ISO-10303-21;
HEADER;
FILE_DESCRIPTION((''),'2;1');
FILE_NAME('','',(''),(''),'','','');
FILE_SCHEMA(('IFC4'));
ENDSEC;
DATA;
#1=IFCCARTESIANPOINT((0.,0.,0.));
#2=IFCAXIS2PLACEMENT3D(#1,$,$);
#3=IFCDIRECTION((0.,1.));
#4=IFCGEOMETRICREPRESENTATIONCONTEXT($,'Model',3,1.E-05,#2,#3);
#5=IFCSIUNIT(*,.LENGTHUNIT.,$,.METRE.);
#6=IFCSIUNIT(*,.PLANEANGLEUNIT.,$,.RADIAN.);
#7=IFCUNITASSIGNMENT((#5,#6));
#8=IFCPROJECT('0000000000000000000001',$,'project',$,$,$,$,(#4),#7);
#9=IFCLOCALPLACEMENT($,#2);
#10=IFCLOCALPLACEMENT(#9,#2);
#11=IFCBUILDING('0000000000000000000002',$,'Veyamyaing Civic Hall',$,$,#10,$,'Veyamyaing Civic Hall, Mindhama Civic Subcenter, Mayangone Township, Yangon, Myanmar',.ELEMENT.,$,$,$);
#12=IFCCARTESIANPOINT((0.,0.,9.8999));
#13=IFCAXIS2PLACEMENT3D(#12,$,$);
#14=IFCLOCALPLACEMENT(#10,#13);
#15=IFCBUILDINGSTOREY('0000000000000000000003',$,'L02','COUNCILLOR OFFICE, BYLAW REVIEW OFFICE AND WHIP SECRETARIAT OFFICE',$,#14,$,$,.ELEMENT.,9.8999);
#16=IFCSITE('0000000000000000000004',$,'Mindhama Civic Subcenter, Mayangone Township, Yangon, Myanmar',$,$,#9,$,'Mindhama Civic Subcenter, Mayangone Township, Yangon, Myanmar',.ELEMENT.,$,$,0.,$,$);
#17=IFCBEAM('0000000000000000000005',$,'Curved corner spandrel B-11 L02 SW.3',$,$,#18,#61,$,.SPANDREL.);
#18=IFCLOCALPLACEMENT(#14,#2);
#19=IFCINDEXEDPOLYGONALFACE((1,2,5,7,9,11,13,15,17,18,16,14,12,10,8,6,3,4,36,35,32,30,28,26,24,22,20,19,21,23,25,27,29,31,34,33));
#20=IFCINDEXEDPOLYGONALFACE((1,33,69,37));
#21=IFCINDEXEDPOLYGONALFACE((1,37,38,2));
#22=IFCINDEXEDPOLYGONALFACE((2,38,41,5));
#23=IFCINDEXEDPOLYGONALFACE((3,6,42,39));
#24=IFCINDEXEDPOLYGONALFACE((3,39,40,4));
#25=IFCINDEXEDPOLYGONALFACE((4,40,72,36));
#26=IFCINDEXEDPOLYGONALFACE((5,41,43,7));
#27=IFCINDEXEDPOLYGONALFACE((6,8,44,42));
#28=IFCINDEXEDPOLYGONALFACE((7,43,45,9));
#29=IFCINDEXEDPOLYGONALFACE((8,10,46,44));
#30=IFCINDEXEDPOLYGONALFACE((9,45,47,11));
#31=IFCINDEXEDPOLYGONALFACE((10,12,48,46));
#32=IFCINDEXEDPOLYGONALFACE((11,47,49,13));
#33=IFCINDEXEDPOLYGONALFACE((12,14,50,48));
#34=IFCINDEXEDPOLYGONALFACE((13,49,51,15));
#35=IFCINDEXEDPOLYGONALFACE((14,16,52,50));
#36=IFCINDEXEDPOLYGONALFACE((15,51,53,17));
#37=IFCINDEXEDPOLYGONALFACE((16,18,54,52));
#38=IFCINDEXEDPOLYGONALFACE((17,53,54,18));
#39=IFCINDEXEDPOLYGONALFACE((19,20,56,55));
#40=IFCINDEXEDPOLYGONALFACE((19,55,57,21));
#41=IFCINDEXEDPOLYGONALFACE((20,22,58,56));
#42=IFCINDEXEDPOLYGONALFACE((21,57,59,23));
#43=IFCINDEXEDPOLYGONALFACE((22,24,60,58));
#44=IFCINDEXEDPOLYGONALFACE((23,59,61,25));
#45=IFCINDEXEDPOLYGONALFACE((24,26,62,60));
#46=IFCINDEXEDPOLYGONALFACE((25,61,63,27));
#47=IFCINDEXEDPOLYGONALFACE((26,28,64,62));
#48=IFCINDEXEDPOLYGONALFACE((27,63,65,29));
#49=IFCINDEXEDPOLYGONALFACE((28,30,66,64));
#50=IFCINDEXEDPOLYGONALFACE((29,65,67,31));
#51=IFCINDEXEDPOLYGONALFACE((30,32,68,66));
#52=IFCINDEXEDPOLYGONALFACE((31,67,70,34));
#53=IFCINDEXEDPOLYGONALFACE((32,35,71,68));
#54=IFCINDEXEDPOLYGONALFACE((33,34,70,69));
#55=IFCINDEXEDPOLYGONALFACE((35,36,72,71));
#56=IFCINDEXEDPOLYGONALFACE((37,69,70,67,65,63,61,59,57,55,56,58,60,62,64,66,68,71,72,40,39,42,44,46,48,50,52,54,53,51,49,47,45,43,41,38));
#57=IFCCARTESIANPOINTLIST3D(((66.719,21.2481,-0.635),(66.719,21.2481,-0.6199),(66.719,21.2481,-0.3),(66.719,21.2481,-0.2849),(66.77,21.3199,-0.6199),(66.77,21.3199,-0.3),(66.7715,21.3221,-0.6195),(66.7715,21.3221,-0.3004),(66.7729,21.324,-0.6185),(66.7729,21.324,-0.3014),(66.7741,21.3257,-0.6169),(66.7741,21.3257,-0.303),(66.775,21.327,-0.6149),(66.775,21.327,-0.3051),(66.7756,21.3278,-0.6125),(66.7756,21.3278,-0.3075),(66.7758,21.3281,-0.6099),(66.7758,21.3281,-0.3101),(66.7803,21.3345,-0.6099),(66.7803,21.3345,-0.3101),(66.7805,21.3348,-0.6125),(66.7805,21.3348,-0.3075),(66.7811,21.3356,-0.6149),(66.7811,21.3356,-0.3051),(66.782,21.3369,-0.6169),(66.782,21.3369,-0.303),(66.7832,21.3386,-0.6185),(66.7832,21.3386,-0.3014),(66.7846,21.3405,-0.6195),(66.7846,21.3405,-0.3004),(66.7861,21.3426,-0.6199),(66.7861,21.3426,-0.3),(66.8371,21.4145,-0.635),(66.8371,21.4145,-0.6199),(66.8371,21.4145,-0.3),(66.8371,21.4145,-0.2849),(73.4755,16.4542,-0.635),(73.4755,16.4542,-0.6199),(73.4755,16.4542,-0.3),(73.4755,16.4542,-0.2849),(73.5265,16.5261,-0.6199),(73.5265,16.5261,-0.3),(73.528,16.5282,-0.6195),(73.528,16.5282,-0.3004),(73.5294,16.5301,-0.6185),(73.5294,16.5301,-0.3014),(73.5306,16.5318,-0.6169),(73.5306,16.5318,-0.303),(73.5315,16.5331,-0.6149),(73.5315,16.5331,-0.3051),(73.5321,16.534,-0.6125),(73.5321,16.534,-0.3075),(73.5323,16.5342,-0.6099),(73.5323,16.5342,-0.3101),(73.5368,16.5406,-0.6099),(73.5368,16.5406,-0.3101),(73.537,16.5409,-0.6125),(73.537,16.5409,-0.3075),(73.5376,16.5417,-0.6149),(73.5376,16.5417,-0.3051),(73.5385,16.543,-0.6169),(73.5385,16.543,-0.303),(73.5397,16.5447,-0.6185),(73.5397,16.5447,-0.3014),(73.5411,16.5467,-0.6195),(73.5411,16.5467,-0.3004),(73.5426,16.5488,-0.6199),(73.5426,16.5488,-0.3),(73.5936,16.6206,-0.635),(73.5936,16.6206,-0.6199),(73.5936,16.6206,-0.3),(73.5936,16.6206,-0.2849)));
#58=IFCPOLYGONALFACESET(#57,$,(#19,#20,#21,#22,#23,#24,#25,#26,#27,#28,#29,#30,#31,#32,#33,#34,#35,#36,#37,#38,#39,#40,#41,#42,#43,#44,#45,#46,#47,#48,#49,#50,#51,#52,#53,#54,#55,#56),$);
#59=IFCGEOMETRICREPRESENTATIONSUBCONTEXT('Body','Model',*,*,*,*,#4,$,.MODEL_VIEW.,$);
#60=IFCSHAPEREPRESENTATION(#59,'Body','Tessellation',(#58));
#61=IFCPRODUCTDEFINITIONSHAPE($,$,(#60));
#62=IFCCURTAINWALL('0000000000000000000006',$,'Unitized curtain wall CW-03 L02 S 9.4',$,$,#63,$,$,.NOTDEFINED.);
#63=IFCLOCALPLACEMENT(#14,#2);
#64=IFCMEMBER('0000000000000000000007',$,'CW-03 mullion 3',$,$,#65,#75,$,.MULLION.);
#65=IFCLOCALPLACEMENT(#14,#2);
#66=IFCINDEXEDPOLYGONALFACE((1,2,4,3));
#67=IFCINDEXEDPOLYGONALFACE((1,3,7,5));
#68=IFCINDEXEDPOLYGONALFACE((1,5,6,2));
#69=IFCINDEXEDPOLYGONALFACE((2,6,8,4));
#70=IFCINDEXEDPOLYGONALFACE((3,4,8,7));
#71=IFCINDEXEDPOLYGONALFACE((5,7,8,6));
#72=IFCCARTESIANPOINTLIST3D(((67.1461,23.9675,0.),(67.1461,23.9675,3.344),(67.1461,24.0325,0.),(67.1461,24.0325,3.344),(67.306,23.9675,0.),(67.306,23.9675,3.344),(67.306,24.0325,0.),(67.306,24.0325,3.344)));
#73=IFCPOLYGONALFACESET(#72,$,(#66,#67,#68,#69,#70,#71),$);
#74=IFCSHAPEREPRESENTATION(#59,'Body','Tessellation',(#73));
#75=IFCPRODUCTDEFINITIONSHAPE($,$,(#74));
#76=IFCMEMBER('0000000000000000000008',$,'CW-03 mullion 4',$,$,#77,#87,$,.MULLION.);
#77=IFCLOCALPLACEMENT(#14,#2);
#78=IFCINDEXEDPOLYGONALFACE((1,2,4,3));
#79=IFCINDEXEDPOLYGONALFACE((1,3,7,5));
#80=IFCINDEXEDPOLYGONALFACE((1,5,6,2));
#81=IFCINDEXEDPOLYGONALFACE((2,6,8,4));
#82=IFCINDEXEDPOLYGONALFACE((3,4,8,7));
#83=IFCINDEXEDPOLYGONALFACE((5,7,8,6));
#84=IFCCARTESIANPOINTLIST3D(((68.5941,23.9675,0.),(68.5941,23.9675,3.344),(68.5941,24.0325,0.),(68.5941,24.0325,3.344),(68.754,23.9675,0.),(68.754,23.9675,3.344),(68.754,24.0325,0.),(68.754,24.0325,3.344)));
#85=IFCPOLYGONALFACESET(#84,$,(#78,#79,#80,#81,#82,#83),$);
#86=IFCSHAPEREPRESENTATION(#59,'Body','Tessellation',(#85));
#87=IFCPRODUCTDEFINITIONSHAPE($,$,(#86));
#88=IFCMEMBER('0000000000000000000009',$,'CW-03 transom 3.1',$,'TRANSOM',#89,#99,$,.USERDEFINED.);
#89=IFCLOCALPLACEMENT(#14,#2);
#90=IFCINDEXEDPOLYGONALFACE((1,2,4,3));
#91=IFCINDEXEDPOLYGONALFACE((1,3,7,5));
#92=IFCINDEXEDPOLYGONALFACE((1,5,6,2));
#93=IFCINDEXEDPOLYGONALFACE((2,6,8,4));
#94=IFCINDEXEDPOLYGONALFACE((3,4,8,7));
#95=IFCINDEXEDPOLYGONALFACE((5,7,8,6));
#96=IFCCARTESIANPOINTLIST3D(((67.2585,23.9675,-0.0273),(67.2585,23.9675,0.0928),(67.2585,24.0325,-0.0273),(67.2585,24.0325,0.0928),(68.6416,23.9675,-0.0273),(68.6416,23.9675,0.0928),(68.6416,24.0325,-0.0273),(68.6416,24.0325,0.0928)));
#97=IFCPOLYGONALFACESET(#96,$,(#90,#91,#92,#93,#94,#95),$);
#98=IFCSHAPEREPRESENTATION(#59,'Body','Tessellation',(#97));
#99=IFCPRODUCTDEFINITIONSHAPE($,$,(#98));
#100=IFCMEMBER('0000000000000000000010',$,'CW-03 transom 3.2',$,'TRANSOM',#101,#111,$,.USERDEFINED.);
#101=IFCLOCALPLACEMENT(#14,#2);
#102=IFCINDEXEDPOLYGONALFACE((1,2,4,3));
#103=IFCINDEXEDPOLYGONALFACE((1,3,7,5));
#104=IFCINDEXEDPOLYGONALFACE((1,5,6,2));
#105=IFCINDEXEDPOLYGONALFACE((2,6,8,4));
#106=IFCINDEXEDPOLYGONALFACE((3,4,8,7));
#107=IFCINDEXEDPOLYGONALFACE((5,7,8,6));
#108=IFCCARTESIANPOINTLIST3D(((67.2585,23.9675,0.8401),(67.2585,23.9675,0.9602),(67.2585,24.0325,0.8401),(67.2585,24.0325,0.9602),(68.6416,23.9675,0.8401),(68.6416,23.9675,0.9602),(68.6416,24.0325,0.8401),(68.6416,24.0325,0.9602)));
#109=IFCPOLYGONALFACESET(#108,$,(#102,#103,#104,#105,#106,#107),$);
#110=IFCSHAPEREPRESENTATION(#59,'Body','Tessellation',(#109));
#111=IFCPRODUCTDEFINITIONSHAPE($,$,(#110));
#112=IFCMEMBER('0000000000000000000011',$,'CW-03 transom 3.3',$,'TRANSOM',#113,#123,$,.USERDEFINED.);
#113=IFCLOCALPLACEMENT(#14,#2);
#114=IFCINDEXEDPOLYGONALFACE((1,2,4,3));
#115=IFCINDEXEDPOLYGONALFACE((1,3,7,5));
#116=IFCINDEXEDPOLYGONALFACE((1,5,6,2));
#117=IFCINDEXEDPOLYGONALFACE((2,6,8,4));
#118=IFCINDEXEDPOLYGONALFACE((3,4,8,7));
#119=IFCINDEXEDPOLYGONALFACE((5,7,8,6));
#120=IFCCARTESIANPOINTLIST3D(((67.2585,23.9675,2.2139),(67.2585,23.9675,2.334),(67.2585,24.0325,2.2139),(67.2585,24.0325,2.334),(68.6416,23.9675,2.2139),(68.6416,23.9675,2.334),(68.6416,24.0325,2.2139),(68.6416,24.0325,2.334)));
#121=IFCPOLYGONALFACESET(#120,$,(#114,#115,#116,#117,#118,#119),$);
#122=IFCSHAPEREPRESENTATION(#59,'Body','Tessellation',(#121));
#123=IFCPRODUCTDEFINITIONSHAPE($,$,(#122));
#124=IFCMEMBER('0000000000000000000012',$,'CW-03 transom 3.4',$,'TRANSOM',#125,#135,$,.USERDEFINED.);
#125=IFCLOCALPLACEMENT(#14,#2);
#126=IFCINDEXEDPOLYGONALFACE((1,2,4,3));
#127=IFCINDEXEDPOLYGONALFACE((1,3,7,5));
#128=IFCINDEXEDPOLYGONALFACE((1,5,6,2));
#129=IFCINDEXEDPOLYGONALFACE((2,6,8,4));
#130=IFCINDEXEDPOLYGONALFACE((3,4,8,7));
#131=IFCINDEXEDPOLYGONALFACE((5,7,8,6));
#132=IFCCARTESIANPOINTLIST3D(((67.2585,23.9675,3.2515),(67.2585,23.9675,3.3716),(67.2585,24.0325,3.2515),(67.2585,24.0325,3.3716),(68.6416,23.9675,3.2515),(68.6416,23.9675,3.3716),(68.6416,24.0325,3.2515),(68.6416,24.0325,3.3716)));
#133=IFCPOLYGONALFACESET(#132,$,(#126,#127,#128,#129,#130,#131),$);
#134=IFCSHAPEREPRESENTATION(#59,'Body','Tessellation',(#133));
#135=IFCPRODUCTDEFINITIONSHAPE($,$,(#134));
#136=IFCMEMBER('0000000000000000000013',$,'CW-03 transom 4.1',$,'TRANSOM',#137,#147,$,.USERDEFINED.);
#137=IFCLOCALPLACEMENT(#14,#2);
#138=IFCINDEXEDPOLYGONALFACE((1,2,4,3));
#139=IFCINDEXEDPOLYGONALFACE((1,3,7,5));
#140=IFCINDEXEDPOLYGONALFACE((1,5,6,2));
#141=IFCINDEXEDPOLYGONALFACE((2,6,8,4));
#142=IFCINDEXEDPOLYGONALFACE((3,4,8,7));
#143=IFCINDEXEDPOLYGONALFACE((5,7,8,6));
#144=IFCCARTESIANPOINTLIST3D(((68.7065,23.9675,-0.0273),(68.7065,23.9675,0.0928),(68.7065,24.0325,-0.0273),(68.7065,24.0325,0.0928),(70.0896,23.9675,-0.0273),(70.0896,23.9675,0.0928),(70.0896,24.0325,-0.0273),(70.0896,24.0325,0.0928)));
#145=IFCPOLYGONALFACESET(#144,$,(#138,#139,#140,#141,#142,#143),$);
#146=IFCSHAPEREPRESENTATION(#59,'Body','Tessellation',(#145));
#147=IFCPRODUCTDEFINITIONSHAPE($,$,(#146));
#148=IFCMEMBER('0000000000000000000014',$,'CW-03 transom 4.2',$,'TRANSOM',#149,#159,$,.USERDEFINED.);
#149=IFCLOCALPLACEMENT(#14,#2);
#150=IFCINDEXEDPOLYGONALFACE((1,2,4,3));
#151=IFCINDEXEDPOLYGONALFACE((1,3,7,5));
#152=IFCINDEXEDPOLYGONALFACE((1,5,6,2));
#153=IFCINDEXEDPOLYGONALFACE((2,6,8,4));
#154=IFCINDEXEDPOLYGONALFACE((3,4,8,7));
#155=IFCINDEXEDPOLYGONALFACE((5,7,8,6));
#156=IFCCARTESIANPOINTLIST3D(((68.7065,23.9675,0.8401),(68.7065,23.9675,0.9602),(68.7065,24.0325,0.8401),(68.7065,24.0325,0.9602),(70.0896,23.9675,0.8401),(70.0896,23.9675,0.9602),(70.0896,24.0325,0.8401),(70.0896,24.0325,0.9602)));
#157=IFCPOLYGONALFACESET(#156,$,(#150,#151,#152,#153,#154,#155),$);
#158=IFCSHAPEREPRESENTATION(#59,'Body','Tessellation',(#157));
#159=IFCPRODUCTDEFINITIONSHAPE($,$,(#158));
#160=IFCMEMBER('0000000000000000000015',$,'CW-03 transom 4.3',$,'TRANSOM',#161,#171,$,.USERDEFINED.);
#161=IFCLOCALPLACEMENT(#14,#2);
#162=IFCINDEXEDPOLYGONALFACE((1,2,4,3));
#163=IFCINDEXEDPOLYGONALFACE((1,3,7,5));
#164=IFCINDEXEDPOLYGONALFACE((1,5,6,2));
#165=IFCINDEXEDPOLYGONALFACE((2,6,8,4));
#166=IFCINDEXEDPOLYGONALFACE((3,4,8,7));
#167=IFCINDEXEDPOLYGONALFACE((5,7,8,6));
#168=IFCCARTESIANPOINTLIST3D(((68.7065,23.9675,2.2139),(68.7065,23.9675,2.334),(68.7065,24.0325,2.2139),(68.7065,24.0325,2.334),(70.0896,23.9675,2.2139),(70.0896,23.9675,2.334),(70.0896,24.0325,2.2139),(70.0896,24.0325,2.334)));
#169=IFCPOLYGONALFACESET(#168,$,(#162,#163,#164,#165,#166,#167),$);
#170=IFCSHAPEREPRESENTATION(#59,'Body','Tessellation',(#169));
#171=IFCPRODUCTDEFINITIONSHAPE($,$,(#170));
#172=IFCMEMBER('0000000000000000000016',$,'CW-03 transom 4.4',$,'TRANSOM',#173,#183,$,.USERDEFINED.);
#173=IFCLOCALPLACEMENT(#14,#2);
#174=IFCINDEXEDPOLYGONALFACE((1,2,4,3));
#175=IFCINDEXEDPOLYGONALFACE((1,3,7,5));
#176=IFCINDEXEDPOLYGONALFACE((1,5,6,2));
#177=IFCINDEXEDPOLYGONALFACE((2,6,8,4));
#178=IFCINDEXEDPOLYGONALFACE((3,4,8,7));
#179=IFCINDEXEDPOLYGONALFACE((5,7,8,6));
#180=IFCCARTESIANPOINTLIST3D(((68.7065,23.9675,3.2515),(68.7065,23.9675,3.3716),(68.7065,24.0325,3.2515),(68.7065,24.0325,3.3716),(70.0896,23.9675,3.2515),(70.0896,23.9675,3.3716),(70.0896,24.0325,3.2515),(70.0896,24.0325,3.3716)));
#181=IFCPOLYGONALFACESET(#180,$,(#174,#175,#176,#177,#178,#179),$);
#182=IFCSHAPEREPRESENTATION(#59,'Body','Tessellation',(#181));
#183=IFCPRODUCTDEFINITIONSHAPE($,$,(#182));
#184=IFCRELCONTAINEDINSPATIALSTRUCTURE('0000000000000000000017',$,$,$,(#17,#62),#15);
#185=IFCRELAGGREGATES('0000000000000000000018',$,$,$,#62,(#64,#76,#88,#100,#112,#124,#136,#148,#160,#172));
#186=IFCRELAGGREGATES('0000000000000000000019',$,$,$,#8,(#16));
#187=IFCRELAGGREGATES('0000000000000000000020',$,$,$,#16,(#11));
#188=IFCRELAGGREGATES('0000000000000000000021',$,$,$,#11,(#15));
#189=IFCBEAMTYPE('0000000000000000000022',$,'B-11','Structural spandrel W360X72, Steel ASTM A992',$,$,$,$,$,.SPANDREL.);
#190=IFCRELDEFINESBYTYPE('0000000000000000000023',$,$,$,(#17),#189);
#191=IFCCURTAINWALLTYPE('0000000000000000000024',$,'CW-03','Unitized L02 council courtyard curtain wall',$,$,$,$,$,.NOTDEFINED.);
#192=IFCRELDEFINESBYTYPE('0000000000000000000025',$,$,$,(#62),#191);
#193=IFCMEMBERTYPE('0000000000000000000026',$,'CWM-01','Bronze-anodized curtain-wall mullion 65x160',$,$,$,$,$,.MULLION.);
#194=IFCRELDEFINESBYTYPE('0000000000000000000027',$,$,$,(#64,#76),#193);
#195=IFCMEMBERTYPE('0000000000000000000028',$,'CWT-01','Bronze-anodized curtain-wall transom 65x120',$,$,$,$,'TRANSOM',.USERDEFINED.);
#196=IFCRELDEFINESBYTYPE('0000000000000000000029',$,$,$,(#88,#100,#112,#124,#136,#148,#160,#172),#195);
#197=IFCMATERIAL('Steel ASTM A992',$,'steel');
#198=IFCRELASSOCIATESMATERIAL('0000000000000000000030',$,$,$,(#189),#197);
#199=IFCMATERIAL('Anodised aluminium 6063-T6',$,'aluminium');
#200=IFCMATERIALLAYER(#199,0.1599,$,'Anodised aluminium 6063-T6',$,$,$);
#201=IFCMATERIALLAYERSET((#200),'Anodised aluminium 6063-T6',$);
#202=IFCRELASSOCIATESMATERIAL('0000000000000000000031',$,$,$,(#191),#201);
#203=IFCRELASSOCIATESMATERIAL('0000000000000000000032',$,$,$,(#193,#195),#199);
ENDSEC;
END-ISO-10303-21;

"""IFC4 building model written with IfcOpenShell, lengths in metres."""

from ifc_helpers import new_model, si_unit, direction, frame, origin, origin_2d, place, context, subcontext, project, spatial, rectangle, i_section, extrude, material, layer, layer_set, material_profile, profile_set, type_object, element, aggregate, save


model = new_model("IFC4")

# Units and contexts
model_context = context("Model", 3, precision=1e-05, world=origin(), true_north=direction((0.0, 1.0)))
body_context = subcontext(model_context, "Body", "Model", "MODEL_VIEW")
ifc_project = project(units=[si_unit("LENGTHUNIT", "METRE"), si_unit("PLANEANGLEUNIT", "RADIAN")], contexts=[model_context])

# Site, building, storey
site_placement = place(None, origin())
site = spatial("IfcSite", under=ifc_project, at=site_placement, Name="Mindhama Civic Subcenter, Mayangone Township, Yangon, Myanmar", LongName="Mindhama Civic Subcenter, Mayangone Township, Yangon, Myanmar", CompositionType="ELEMENT", RefElevation=0.0)
building_placement = place(site_placement, origin())
building = spatial("IfcBuilding", under=site, at=building_placement, Name="Veyamyaing Civic Hall", LongName="Veyamyaing Civic Hall, Mindhama Civic Subcenter, Mayangone Township, Yangon, Myanmar", CompositionType="ELEMENT")
storey_placement = place(building_placement, frame((0.0, 0.0, 9.8999)))
storey = spatial("IfcBuildingStorey", under=building, at=storey_placement, Name="L02", Description="COUNCILLOR OFFICE, BYLAW REVIEW OFFICE AND WHIP SECRETARIAT OFFICE", CompositionType="ELEMENT", Elevation=9.8999)

# Beam
ifc_material_1 = material(Name="Steel ASTM A992", Category="steel")
ifc_material_profile_1 = material_profile(ifc_material_1, i_section(OverallWidth=0.2041, OverallDepth=0.3501, WebThickness=0.0078, FlangeThickness=0.0151, FilletRadius=0.01, at=origin_2d()), Name="W360X72")
ifc_profile_set_1 = profile_set([ifc_material_profile_1], Name="Steel ASTM A992")
beam_type = type_object("IfcBeamType", Name="B-11", Description="Structural spandrel W360X72, Steel ASTM A992", PredefinedType="SPANDREL", material=ifc_profile_set_1)
beam_placement = place(storey_placement, frame((66.7781, 21.3313, -0.46), z_axis=(0.815567, -0.578662, 0.0), x_axis=(0.578662, 0.815567, 0.0)))
element("IfcBeam", 1, at=beam_placement, inside=storey, type_object=beam_type, Name="Curved corner spandrel B-11 L02 SW.3", PredefinedType="SPANDREL", context=body_context, shape_type="SweptSolid", body=[
    extrude(i_section(OverallWidth=0.2041, OverallDepth=0.3501, WebThickness=0.0078, FlangeThickness=0.0151, FilletRadius=0.01, at=origin_2d()), origin(), (0.0, 0.0, 1.0), 8.2844),
])

# Curtain wall, members
ifc_material_2 = material(Name="Anodised aluminium 6063-T6", Category="aluminium")
ifc_layer_1 = layer(ifc_material_2, 0.1599, Name="Anodised aluminium 6063-T6")
ifc_layer_set_1 = layer_set([ifc_layer_1], Name="Anodised aluminium 6063-T6")
curtain_wall_type = type_object("IfcCurtainWallType", Name="CW-03", Description="Unitized L02 council courtyard curtain wall", PredefinedType="NOTDEFINED", material=ifc_layer_set_1)
curtain_wall_placement = place(storey_placement, origin())
curtain_wall = element("IfcCurtainWall", 2, at=curtain_wall_placement, inside=storey, type_object=curtain_wall_type, Name="Unitized curtain wall CW-03 L02 S 9.4", PredefinedType="NOTDEFINED")
ifc_material_profile_2 = material_profile(ifc_material_2, rectangle(XDim=0.0649, YDim=0.1599, at=origin_2d()), Name="ALU-MUL-65X160")
ifc_profile_set_2 = profile_set([ifc_material_profile_2], Name="Anodised aluminium 6063-T6")
member_type_1 = type_object("IfcMemberType", Name="CWM-01", Description="Bronze-anodized curtain-wall mullion 65x160", PredefinedType="MULLION", material=ifc_profile_set_2)
member_1_placement = place(storey_placement, frame((67.2261, 24.0, 0.0), z_axis=(0.0, 0.0, 1.0), x_axis=(0.0, 1.0, 0.0)))
member_1 = element("IfcMember", 3, at=member_1_placement, type_object=member_type_1, Name="CW-03 mullion 3", PredefinedType="MULLION", context=body_context, shape_type="SweptSolid", body=[
    extrude(rectangle(XDim=0.0649, YDim=0.1599, at=origin_2d()), origin(), (0.0, 0.0, 1.0), 3.344),
])
member_2_placement = place(storey_placement, frame((68.6741, 24.0, 0.0), z_axis=(0.0, 0.0, 1.0), x_axis=(0.0, 1.0, 0.0)))
member_2 = element("IfcMember", 4, at=member_2_placement, type_object=member_type_1, Name="CW-03 mullion 4", PredefinedType="MULLION", context=body_context, shape_type="SweptSolid", body=[
    extrude(rectangle(XDim=0.0649, YDim=0.1599, at=origin_2d()), origin(), (0.0, 0.0, 1.0), 3.344),
])
ifc_material_profile_3 = material_profile(ifc_material_2, rectangle(XDim=0.0649, YDim=0.1201, at=origin_2d()), Name="ALU-TRN-65X120")
ifc_profile_set_3 = profile_set([ifc_material_profile_3], Name="Anodised aluminium 6063-T6")
member_type_2 = type_object("IfcMemberType", Name="CWT-01", Description="Bronze-anodized curtain-wall transom 65x120", ElementType="TRANSOM", PredefinedType="USERDEFINED", material=ifc_profile_set_3)
member_3_placement = place(storey_placement, frame((67.2585, 24.0, 0.0327), z_axis=(1.0, 0.0, 0.0), x_axis=(0.0, 1.0, 0.0)))
member_3 = element("IfcMember", 5, at=member_3_placement, type_object=member_type_2, Name="CW-03 transom 3.1", ObjectType="TRANSOM", PredefinedType="USERDEFINED", context=body_context, shape_type="SweptSolid", body=[
    extrude(rectangle(XDim=0.0649, YDim=0.1201, at=origin_2d()), origin(), (0.0, 0.0, 1.0), 1.3831),
])
member_4_placement = place(storey_placement, frame((67.2585, 24.0, 0.9001), z_axis=(1.0, 0.0, 0.0), x_axis=(0.0, 1.0, 0.0)))
member_4 = element("IfcMember", 6, at=member_4_placement, type_object=member_type_2, Name="CW-03 transom 3.2", ObjectType="TRANSOM", PredefinedType="USERDEFINED", context=body_context, shape_type="SweptSolid", body=[
    extrude(rectangle(XDim=0.0649, YDim=0.1201, at=origin_2d()), origin(), (0.0, 0.0, 1.0), 1.3831),
])
member_5_placement = place(storey_placement, frame((67.2585, 24.0, 2.2739), z_axis=(1.0, 0.0, 0.0), x_axis=(0.0, 1.0, 0.0)))
member_5 = element("IfcMember", 7, at=member_5_placement, type_object=member_type_2, Name="CW-03 transom 3.3", ObjectType="TRANSOM", PredefinedType="USERDEFINED", context=body_context, shape_type="SweptSolid", body=[
    extrude(rectangle(XDim=0.0649, YDim=0.1201, at=origin_2d()), origin(), (0.0, 0.0, 1.0), 1.3831),
])
member_6_placement = place(storey_placement, frame((67.2585, 24.0, 3.3115), z_axis=(1.0, 0.0, 0.0), x_axis=(0.0, 1.0, 0.0)))
member_6 = element("IfcMember", 8, at=member_6_placement, type_object=member_type_2, Name="CW-03 transom 3.4", ObjectType="TRANSOM", PredefinedType="USERDEFINED", context=body_context, shape_type="SweptSolid", body=[
    extrude(rectangle(XDim=0.0649, YDim=0.1201, at=origin_2d()), origin(), (0.0, 0.0, 1.0), 1.3831),
])
member_7_placement = place(storey_placement, frame((68.7065, 24.0, 0.0327), z_axis=(1.0, 0.0, 0.0), x_axis=(0.0, 1.0, 0.0)))
member_7 = element("IfcMember", 9, at=member_7_placement, type_object=member_type_2, Name="CW-03 transom 4.1", ObjectType="TRANSOM", PredefinedType="USERDEFINED", context=body_context, shape_type="SweptSolid", body=[
    extrude(rectangle(XDim=0.0649, YDim=0.1201, at=origin_2d()), origin(), (0.0, 0.0, 1.0), 1.3831),
])
member_8_placement = place(storey_placement, frame((68.7065, 24.0, 0.9001), z_axis=(1.0, 0.0, 0.0), x_axis=(0.0, 1.0, 0.0)))
member_8 = element("IfcMember", 10, at=member_8_placement, type_object=member_type_2, Name="CW-03 transom 4.2", ObjectType="TRANSOM", PredefinedType="USERDEFINED", context=body_context, shape_type="SweptSolid", body=[
    extrude(rectangle(XDim=0.0649, YDim=0.1201, at=origin_2d()), origin(), (0.0, 0.0, 1.0), 1.3831),
])
member_9_placement = place(storey_placement, frame((68.7065, 24.0, 2.2739), z_axis=(1.0, 0.0, 0.0), x_axis=(0.0, 1.0, 0.0)))
member_9 = element("IfcMember", 11, at=member_9_placement, type_object=member_type_2, Name="CW-03 transom 4.3", ObjectType="TRANSOM", PredefinedType="USERDEFINED", context=body_context, shape_type="SweptSolid", body=[
    extrude(rectangle(XDim=0.0649, YDim=0.1201, at=origin_2d()), origin(), (0.0, 0.0, 1.0), 1.3831),
])
member_10_placement = place(storey_placement, frame((68.7065, 24.0, 3.3115), z_axis=(1.0, 0.0, 0.0), x_axis=(0.0, 1.0, 0.0)))
member_10 = element("IfcMember", 12, at=member_10_placement, type_object=member_type_2, Name="CW-03 transom 4.4", ObjectType="TRANSOM", PredefinedType="USERDEFINED", context=body_context, shape_type="SweptSolid", body=[
    extrude(rectangle(XDim=0.0649, YDim=0.1201, at=origin_2d()), origin(), (0.0, 0.0, 1.0), 1.3831),
])
aggregate(curtain_wall, [member_1, member_2, member_3, member_4, member_5, member_6, member_7, member_8, member_9, member_10])

save(model, "model.ifc")
